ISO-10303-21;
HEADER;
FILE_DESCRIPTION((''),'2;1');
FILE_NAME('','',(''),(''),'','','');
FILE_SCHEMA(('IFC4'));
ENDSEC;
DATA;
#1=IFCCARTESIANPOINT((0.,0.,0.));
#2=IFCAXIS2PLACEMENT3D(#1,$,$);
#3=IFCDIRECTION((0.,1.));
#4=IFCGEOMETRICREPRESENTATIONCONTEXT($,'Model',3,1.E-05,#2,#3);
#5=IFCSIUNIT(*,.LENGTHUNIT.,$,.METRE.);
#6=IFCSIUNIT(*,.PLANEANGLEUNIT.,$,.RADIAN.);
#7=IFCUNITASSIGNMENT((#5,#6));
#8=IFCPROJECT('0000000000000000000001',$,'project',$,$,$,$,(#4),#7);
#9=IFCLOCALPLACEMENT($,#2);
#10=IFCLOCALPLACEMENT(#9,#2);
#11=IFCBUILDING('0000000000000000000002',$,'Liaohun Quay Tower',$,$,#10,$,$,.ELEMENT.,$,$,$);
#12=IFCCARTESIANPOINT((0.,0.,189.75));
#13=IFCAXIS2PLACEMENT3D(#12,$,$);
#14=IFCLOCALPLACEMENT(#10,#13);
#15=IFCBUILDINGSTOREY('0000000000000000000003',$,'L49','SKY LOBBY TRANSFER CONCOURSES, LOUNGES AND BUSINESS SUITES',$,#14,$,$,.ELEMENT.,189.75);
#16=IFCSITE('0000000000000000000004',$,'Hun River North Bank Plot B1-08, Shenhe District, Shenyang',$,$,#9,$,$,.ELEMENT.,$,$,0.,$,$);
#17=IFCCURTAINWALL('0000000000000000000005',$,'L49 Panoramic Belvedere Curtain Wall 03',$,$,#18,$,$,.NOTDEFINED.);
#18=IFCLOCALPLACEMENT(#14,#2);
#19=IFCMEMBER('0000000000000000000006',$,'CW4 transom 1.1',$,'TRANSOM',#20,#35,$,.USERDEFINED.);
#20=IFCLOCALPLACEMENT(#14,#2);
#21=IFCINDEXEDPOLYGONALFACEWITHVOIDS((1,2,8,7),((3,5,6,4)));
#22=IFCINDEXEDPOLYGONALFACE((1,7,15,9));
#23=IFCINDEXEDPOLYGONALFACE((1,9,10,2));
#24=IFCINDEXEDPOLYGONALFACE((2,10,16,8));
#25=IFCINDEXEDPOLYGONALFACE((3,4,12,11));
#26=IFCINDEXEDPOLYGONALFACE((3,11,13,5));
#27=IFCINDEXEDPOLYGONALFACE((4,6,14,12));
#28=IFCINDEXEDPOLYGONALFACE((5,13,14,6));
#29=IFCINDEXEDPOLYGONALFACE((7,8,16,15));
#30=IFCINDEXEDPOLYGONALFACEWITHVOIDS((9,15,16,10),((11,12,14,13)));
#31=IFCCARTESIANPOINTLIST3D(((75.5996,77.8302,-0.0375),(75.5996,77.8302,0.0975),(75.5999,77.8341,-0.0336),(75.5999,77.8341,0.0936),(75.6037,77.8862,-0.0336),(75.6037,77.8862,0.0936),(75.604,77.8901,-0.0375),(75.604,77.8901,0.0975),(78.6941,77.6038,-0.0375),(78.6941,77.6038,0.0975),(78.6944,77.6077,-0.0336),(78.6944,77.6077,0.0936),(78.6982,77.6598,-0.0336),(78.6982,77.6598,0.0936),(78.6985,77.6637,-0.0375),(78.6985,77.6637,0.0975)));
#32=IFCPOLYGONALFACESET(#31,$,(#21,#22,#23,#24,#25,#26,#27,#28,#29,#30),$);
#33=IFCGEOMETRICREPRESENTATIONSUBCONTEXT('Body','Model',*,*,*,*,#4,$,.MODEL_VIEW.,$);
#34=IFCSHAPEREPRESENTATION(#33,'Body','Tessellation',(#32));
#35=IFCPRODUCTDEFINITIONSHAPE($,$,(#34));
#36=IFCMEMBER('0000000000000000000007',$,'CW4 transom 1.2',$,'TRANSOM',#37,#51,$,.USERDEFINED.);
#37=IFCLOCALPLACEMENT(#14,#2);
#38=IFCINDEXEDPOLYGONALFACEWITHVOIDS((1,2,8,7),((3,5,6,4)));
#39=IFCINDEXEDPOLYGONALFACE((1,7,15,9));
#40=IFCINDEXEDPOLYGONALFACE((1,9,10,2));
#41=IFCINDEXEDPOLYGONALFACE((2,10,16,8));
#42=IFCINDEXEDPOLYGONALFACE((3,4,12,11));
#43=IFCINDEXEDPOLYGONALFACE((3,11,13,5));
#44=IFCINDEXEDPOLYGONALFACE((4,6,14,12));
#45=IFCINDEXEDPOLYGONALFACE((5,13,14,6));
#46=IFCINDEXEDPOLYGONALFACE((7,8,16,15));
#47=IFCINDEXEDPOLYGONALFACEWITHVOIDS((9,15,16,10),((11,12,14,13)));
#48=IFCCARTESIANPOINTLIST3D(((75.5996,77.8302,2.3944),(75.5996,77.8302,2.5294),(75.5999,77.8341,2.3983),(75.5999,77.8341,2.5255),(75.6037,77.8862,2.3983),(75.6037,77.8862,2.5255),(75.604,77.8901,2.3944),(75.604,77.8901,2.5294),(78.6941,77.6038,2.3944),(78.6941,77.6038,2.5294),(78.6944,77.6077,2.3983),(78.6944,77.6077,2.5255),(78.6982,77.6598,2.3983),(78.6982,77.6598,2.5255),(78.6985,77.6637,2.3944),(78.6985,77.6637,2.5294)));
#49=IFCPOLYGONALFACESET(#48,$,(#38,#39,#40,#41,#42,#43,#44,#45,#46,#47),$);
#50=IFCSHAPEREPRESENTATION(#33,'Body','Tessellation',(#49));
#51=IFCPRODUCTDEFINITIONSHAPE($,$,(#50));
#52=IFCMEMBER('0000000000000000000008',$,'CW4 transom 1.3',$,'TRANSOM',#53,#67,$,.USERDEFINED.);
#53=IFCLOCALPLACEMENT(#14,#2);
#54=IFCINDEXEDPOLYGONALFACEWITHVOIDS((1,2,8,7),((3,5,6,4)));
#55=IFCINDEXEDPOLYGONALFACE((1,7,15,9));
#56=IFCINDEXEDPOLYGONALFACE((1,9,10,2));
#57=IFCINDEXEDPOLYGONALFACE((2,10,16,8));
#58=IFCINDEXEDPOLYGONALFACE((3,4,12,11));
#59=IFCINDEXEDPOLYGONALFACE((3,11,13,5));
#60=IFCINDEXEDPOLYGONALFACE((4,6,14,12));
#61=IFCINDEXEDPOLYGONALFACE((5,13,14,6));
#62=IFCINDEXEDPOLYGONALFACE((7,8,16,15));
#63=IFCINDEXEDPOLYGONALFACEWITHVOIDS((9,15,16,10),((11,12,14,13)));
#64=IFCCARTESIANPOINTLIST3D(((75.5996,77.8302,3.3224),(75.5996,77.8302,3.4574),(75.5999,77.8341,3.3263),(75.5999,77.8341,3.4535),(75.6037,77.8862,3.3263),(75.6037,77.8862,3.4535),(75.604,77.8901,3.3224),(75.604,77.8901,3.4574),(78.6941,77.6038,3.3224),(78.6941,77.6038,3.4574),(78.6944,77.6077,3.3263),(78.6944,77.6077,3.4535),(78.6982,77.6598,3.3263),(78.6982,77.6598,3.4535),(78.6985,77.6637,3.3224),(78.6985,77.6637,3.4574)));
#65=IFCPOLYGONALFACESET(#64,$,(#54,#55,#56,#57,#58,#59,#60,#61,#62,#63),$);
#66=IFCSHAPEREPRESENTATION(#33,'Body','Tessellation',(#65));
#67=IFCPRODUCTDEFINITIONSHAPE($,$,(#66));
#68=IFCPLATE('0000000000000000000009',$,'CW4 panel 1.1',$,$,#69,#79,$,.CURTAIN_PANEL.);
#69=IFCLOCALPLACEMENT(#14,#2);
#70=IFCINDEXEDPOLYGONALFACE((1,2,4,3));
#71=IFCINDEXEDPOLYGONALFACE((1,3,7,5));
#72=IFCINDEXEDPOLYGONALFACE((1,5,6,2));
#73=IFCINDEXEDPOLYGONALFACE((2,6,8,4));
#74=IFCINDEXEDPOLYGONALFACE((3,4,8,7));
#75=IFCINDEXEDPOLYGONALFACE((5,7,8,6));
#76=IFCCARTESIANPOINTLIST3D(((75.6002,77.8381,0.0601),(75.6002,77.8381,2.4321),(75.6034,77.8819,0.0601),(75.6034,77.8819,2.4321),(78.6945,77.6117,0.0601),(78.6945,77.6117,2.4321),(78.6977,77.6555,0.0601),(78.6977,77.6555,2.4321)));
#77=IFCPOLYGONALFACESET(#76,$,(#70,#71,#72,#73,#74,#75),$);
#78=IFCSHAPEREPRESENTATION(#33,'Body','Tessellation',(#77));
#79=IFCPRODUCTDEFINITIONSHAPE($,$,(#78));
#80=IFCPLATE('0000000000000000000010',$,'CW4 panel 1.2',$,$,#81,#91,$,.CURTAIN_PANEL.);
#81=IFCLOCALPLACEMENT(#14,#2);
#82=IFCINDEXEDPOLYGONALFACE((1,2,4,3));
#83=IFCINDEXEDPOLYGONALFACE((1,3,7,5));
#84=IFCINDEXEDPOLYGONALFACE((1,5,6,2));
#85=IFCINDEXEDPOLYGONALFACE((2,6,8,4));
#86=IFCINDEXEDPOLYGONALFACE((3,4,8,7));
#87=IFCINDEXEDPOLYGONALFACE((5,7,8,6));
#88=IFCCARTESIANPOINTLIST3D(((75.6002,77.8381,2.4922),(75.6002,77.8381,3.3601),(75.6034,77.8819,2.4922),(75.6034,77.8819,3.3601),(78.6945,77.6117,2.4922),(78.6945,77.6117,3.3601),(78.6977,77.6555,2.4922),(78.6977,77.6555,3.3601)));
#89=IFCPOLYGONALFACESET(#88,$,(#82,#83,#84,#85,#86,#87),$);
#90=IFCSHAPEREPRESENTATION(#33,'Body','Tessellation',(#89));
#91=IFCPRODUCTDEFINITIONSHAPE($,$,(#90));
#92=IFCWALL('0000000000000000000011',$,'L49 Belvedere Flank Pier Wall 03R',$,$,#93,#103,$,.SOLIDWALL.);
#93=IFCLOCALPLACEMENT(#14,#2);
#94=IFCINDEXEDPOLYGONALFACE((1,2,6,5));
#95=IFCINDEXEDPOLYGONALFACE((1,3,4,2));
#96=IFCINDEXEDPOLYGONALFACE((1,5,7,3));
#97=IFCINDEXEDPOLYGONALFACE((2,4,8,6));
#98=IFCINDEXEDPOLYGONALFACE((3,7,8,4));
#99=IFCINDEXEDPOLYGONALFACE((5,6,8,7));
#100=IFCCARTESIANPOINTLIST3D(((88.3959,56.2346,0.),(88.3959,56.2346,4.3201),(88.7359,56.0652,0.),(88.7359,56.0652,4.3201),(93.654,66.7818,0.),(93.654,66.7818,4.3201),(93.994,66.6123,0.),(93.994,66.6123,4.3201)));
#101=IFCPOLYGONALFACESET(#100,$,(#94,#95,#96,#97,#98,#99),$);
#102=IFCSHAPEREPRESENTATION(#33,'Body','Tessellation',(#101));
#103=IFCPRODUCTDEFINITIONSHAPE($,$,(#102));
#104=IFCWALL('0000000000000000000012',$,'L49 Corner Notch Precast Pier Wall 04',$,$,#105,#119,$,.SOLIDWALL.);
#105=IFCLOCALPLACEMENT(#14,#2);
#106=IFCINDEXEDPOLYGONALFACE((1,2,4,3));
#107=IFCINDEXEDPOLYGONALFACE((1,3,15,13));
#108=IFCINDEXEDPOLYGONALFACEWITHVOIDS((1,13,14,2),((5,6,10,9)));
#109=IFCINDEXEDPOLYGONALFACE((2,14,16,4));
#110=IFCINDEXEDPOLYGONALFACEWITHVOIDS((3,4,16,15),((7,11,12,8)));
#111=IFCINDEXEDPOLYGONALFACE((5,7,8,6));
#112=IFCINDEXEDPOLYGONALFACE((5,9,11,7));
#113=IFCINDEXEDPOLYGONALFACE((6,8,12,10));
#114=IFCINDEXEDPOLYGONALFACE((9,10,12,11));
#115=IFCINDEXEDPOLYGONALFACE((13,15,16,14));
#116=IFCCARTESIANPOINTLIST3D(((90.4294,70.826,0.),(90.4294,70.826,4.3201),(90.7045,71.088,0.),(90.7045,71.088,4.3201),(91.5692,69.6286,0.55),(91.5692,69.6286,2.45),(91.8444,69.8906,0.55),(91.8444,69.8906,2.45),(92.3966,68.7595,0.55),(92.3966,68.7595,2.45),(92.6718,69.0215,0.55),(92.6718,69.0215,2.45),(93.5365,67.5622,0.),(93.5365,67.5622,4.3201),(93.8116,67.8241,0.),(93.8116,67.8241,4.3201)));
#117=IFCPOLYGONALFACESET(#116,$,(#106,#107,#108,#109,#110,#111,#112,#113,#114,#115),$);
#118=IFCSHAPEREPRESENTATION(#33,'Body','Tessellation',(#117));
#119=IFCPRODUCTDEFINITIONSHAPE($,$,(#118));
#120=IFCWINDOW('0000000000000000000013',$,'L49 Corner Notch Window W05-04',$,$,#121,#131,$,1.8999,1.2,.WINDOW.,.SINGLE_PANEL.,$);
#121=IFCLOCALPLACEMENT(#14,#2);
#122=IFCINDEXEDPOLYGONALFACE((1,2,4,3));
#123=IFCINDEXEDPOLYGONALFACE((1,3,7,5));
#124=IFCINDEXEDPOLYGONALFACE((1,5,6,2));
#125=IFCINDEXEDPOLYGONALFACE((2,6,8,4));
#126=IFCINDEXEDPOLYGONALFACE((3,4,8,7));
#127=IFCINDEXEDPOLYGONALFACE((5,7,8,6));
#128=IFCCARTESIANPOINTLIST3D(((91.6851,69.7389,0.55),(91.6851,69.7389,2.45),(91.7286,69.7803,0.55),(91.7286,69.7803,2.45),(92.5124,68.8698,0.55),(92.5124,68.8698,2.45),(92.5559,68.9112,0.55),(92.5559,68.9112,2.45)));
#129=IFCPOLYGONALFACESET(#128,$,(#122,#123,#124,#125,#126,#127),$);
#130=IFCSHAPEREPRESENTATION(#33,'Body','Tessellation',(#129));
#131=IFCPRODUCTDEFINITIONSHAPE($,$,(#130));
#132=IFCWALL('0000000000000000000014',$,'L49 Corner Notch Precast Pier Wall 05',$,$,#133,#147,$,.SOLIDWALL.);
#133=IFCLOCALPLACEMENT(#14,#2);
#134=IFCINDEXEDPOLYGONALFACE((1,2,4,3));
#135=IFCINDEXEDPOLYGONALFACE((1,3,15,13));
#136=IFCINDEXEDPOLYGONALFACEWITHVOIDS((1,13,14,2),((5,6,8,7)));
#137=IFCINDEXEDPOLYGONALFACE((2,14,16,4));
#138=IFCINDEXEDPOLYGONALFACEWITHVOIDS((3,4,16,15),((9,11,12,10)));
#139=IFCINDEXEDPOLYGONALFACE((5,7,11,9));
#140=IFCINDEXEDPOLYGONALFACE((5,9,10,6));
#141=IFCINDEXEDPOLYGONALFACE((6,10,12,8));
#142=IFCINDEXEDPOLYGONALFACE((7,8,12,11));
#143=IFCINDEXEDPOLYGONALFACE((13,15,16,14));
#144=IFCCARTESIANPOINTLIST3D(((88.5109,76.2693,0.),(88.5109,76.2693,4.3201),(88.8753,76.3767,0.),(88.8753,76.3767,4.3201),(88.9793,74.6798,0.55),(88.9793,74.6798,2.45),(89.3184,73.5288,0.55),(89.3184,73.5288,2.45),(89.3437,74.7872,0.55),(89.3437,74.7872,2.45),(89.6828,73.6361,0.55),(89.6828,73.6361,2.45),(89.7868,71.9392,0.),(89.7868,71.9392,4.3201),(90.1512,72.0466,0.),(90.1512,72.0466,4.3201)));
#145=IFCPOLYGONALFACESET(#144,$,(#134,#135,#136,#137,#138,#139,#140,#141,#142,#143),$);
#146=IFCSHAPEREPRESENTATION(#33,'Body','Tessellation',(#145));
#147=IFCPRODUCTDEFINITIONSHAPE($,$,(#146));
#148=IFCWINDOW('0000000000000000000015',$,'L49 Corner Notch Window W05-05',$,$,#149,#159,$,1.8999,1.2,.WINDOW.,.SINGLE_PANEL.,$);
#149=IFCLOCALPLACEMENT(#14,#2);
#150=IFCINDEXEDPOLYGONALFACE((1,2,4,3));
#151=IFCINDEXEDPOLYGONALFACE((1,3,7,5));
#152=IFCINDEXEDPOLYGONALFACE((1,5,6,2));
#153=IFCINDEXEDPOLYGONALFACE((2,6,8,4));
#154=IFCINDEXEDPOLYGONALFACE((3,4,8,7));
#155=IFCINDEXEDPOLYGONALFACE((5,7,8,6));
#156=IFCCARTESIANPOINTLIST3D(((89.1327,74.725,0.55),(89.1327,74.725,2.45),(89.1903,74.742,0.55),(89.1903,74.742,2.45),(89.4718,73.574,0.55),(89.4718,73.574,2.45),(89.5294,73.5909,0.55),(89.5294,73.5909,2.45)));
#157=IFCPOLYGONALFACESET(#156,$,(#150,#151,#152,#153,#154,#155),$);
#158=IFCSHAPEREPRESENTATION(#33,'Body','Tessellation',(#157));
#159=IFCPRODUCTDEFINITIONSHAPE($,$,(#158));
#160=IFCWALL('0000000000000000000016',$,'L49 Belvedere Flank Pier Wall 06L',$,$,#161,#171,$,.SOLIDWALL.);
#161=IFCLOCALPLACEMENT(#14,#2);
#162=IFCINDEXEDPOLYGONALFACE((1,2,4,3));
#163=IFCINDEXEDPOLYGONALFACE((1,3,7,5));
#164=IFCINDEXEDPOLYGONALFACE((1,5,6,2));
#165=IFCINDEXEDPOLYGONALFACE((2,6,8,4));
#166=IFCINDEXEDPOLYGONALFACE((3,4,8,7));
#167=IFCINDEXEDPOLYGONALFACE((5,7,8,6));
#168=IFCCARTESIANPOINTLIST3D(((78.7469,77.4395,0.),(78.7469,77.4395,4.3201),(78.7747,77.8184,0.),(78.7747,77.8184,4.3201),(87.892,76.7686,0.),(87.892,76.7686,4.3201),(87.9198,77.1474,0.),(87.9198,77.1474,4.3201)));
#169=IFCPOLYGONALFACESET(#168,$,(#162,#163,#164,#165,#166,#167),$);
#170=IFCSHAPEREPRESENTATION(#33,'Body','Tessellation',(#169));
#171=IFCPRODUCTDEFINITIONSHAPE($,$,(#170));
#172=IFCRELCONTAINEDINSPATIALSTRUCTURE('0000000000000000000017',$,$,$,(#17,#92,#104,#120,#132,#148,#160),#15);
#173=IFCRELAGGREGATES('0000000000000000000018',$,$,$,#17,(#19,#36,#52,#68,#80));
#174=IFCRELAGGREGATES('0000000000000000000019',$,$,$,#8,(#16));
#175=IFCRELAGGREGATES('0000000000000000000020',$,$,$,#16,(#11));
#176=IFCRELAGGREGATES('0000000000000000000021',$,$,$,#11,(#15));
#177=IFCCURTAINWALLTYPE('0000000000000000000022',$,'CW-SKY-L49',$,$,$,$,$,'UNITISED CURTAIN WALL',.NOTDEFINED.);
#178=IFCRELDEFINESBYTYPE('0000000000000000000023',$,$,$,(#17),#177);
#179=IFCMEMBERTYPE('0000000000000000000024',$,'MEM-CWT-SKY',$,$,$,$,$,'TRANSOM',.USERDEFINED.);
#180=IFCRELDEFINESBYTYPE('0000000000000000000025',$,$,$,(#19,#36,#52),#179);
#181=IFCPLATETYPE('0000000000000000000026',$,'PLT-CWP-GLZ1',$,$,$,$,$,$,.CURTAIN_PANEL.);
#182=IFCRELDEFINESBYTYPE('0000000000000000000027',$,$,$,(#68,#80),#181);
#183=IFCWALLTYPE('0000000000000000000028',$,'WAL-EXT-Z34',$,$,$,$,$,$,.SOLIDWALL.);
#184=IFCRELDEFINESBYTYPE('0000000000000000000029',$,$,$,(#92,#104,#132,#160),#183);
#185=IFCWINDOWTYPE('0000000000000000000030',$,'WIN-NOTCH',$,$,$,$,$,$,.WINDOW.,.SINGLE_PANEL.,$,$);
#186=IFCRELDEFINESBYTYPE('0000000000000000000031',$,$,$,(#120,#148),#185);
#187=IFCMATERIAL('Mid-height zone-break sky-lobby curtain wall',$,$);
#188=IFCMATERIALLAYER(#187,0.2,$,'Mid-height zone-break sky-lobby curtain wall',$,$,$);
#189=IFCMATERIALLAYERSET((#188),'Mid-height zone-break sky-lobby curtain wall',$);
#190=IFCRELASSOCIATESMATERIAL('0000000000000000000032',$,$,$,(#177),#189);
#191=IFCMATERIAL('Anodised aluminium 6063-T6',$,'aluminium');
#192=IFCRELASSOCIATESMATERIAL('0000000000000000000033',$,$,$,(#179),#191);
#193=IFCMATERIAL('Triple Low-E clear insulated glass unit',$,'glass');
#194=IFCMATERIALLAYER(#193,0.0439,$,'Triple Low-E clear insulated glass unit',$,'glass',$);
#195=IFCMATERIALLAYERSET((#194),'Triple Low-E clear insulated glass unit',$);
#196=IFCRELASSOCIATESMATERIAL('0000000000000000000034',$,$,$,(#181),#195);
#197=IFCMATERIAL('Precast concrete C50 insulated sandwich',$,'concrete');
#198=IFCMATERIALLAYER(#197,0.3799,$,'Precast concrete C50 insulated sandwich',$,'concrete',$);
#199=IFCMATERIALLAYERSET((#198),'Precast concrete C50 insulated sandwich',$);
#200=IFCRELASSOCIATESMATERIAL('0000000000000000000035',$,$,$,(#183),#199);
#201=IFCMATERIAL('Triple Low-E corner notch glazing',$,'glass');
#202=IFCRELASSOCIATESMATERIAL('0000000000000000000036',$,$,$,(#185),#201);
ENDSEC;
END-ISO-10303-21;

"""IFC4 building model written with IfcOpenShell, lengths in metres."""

from ifc_helpers import new_model, si_unit, direction, frame, frame_2d, origin, origin_2d, place, context, subcontext, project, spatial, rectangle, hollow_rectangle, extrude, source, transform, mapped, material, layer, layer_set, material_profile, profile_set, type_object, element, fill, aggregate, save


model = new_model("IFC4")

# Units and contexts
model_context = context("Model", 3, precision=1e-05, world=origin(), true_north=direction((0.0, 1.0)))
body_context = subcontext(model_context, "Body", "Model", "MODEL_VIEW")
ifc_project = project(units=[si_unit("LENGTHUNIT", "METRE"), si_unit("PLANEANGLEUNIT", "RADIAN")], contexts=[model_context])

# Site, building, storey
site_placement = place(None, origin())
site = spatial("IfcSite", under=ifc_project, at=site_placement, Name="Hun River North Bank Plot B1-08, Shenhe District, Shenyang", CompositionType="ELEMENT", RefElevation=0.0)
building_placement = place(site_placement, origin())
building = spatial("IfcBuilding", under=site, at=building_placement, Name="Liaohun Quay Tower", CompositionType="ELEMENT")
storey_placement = place(building_placement, frame((0.0, 0.0, 189.75)))
storey = spatial("IfcBuildingStorey", under=building, at=storey_placement, Name="L49", Description="SKY LOBBY TRANSFER CONCOURSES, LOUNGES AND BUSINESS SUITES", CompositionType="ELEMENT", Elevation=189.75)

# Shared definitions
ifc_material_1 = material(Name="Mid-height zone-break sky-lobby curtain wall")
ifc_layer_1 = layer(ifc_material_1, 0.2, Name="Mid-height zone-break sky-lobby curtain wall")
ifc_layer_set_1 = layer_set([ifc_layer_1], Name="Mid-height zone-break sky-lobby curtain wall")
curtain_wall_type = type_object("IfcCurtainWallType", Name="CW-SKY-L49", ElementType="UNITISED CURTAIN WALL", PredefinedType="NOTDEFINED", material=ifc_layer_set_1)
ifc_material_2 = material(Name="Anodised aluminium 6063-T6", Category="aluminium")

# Curtain wall, members, plates
curtain_wall_1_placement = place(storey_placement, origin())
curtain_wall_1 = element("IfcCurtainWall", 1, at=curtain_wall_1_placement, inside=storey, type_object=curtain_wall_type, Name="L49 Panoramic Belvedere Curtain Wall 03", PredefinedType="NOTDEFINED")
ifc_material_profile_1 = material_profile(ifc_material_2, hollow_rectangle(XDim=0.0601, YDim=0.135, WallThickness=0.0039, at=origin_2d()), Name="RHS135x60x4")
ifc_profile_set_1 = profile_set([ifc_material_profile_1], Name="Anodised aluminium 6063-T6")
member_type_1 = type_object("IfcMemberType", Name="MEM-CWT-SKY", ElementType="TRANSOM", PredefinedType="USERDEFINED", material=ifc_profile_set_1)
shared_shape_1 = source(origin(), body_context, "Body", "SweptSolid", [
    extrude(hollow_rectangle(XDim=0.0601, YDim=0.135, WallThickness=0.0039, at=origin_2d()), origin(), (0.0, 0.0, 1.0), 3.1028),
])
member_1_placement = place(storey_placement, frame((78.6963, 77.6338, 0.03), z_axis=(-0.997336, 0.072941, 0.0), x_axis=(-0.072941, -0.997336, 0.0)))
member_1 = element("IfcMember", 2, at=member_1_placement, type_object=member_type_1, Name="CW4 transom 1.1", ObjectType="TRANSOM", PredefinedType="USERDEFINED", context=body_context, shape_type="MappedRepresentation", body=[
    mapped(shared_shape_1, transform((0.0, 0.0, 0.0), x_axis=(1.0, 0.0, 0.0), y_axis=(0.0, 1.0, 0.0), z_axis=(0.0, 0.0, 1.0), scale=1.0)),
])
member_2_placement = place(storey_placement, frame((78.6963, 77.6338, 2.4619), z_axis=(-0.997336, 0.072941, 0.0), x_axis=(-0.072941, -0.997336, 0.0)))
member_2 = element("IfcMember", 3, at=member_2_placement, type_object=member_type_1, Name="CW4 transom 1.2", ObjectType="TRANSOM", PredefinedType="USERDEFINED", context=body_context, shape_type="MappedRepresentation", body=[
    mapped(shared_shape_1, transform((0.0, 0.0, 0.0), x_axis=(1.0, 0.0, 0.0), y_axis=(0.0, 1.0, 0.0), z_axis=(0.0, 0.0, 1.0), scale=1.0)),
])
member_3_placement = place(storey_placement, frame((78.6963, 77.6338, 3.3899), z_axis=(-0.997336, 0.072941, 0.0), x_axis=(-0.072941, -0.997336, 0.0)))
member_3 = element("IfcMember", 4, at=member_3_placement, type_object=member_type_1, Name="CW4 transom 1.3", ObjectType="TRANSOM", PredefinedType="USERDEFINED", context=body_context, shape_type="MappedRepresentation", body=[
    mapped(shared_shape_1, transform((0.0, 0.0, 0.0), x_axis=(1.0, 0.0, 0.0), y_axis=(0.0, 1.0, 0.0), z_axis=(0.0, 0.0, 1.0), scale=1.0)),
])
ifc_material_3 = material(Name="Triple Low-E clear insulated glass unit", Category="glass")
ifc_layer_2 = layer(ifc_material_3, 0.0439, Name="Triple Low-E clear insulated glass unit", Category="glass")
ifc_layer_set_2 = layer_set([ifc_layer_2], Name="Triple Low-E clear insulated glass unit")
plate_type = type_object("IfcPlateType", Name="PLT-CWP-GLZ1", PredefinedType="CURTAIN_PANEL", material=ifc_layer_set_2)
shared_shape_2 = source(origin(), body_context, "Body", "SweptSolid", [
    extrude(rectangle(XDim=3.1025, YDim=0.0439, at=origin_2d()), origin(), (0.0, 0.0, 1.0), 2.3721),
])
plate_1_placement = place(storey_placement, frame((77.1489, 77.7468, 0.0601), z_axis=(0.0, 0.0, 1.0), x_axis=(-0.997334, 0.072968, 0.0)))
plate_1 = element("IfcPlate", 5, at=plate_1_placement, type_object=plate_type, Name="CW4 panel 1.1", PredefinedType="CURTAIN_PANEL", context=body_context, shape_type="MappedRepresentation", body=[
    mapped(shared_shape_2, transform((0.0, 0.0, 0.0), x_axis=(1.0, 0.0, 0.0), y_axis=(0.0, 1.0, 0.0), z_axis=(0.0, 0.0, 1.0), scale=1.0)),
])
shared_shape_3 = source(origin(), body_context, "Body", "SweptSolid", [
    extrude(rectangle(XDim=3.1025, YDim=0.0439, at=origin_2d()), origin(), (0.0, 0.0, 1.0), 0.8679),
])
plate_2_placement = place(storey_placement, frame((77.1489, 77.7468, 2.4922), z_axis=(0.0, 0.0, 1.0), x_axis=(-0.997334, 0.072968, 0.0)))
plate_2 = element("IfcPlate", 6, at=plate_2_placement, type_object=plate_type, Name="CW4 panel 1.2", PredefinedType="CURTAIN_PANEL", context=body_context, shape_type="MappedRepresentation", body=[
    mapped(shared_shape_3, transform((0.0, 0.0, 0.0), x_axis=(1.0, 0.0, 0.0), y_axis=(0.0, 1.0, 0.0), z_axis=(0.0, 0.0, 1.0), scale=1.0)),
])
aggregate(curtain_wall_1, [member_1, member_2, member_3, plate_1, plate_2])

# Wall
ifc_material_4 = material(Name="Precast concrete C50 insulated sandwich", Category="concrete")
ifc_layer_3 = layer(ifc_material_4, 0.3799, Name="Precast concrete C50 insulated sandwich", Category="concrete")
ifc_layer_set_3 = layer_set([ifc_layer_3], Name="Precast concrete C50 insulated sandwich")
wall_type = type_object("IfcWallType", Name="WAL-EXT-Z34", PredefinedType="SOLIDWALL", material=ifc_layer_set_3)
wall_1_placement = place(storey_placement, frame((88.5659, 56.1499, 0.0), z_axis=(0.0, 0.0, 1.0), x_axis=(0.446161, 0.894953, 0.0)))
element("IfcWall", 7, at=wall_1_placement, inside=storey, type_object=wall_type, Name="L49 Belvedere Flank Pier Wall 03R", PredefinedType="SOLIDWALL", context=body_context, shape_type="SweptSolid", body=[
    extrude(rectangle(XDim=11.7852, YDim=0.3799, at=frame_2d((5.8926, 0.0))), origin(), (0.0, 0.0, 1.0), 4.3201),
])

# Walls, openings, windows
wall_2_placement = place(storey_placement, frame((93.6741, 67.6931, 0.0), z_axis=(0.0, 0.0, 1.0), x_axis=(-0.689502, 0.724284, 0.0)))
wall_2 = element("IfcWall", 8, at=wall_2_placement, inside=storey, type_object=wall_type, Name="L49 Corner Notch Precast Pier Wall 04", PredefinedType="SOLIDWALL", context=body_context, shape_type="SweptSolid", body=[
    extrude(rectangle(XDim=4.5063, YDim=0.3799, at=frame_2d((2.2532, 0.0))), origin(), (0.0, 0.0, 1.0), 4.3201),
])
shared_shape_4 = source(origin(), body_context, "Body", "SweptSolid", [
    extrude(rectangle(XDim=1.2, YDim=1.8999, at=frame_2d((0.6001, 0.95))), frame((0.0, 0.2, 0.0), z_axis=(0.0, -1.0, 0.0), x_axis=(1.0, 0.0, 0.0)), (0.0, 0.0, 1.0), 0.3999),
])
opening_1_placement = place(wall_2_placement, frame((1.6531, 0.0, 0.55)))
opening_1 = element("IfcOpeningElement", 9, at=opening_1_placement, cuts=wall_2, PredefinedType="OPENING", context=body_context, shape_type="MappedRepresentation", body=[
    mapped(shared_shape_4, transform((0.0, 0.0, 0.0), x_axis=(1.0, 0.0, 0.0), y_axis=(0.0, 1.0, 0.0), z_axis=(0.0, 0.0, 1.0), scale=1.0)),
])
ifc_material_5 = material(Name="Triple Low-E corner notch glazing", Category="glass")
window_type = type_object("IfcWindowType", Name="WIN-NOTCH", PartitioningType="SINGLE_PANEL", PredefinedType="WINDOW", material=ifc_material_5)
shared_shape_5 = source(origin(), body_context, "Body", "SweptSolid", [
    extrude(rectangle(XDim=1.2, YDim=1.8999, at=frame_2d((0.6001, 0.95))), frame((0.0, 0.03, 0.0), z_axis=(0.0, -1.0, 0.0), x_axis=(1.0, 0.0, 0.0)), (0.0, 0.0, 1.0), 0.0601),
])
window_1_placement = place(opening_1_placement, origin())
window_1 = element("IfcWindow", 10, at=window_1_placement, inside=storey, type_object=window_type, Name="L49 Corner Notch Window W05-04", OverallHeight=1.8999, OverallWidth=1.2, PartitioningType="SINGLE_PANEL", PredefinedType="WINDOW", context=body_context, shape_type="MappedRepresentation", body=[
    mapped(shared_shape_5, transform((0.0, 0.0, 0.0), x_axis=(1.0, 0.0, 0.0), y_axis=(0.0, 1.0, 0.0), z_axis=(0.0, 0.0, 1.0), scale=1.0)),
])
fill(opening_1, window_1)
wall_3_placement = place(storey_placement, frame((89.969, 71.9929, 0.0), z_axis=(0.0, 0.0, 1.0), x_axis=(-0.282641, 0.959226, 0.0)))
wall_3 = element("IfcWall", 11, at=wall_3_placement, inside=storey, type_object=wall_type, Name="L49 Corner Notch Precast Pier Wall 05", PredefinedType="SOLIDWALL", context=body_context, shape_type="SweptSolid", body=[
    extrude(rectangle(XDim=4.5142, YDim=0.3799, at=frame_2d((2.2571, 0.0))), origin(), (0.0, 0.0, 1.0), 4.3201),
])
opening_2_placement = place(wall_3_placement, frame((1.657, 0.0, 0.55)))
opening_2 = element("IfcOpeningElement", 12, at=opening_2_placement, cuts=wall_3, PredefinedType="OPENING", context=body_context, shape_type="MappedRepresentation", body=[
    mapped(shared_shape_4, transform((0.0, 0.0, 0.0), x_axis=(1.0, 0.0, 0.0), y_axis=(0.0, 1.0, 0.0), z_axis=(0.0, 0.0, 1.0), scale=1.0)),
])
window_2_placement = place(opening_2_placement, origin())
window_2 = element("IfcWindow", 13, at=window_2_placement, inside=storey, type_object=window_type, Name="L49 Corner Notch Window W05-05", OverallHeight=1.8999, OverallWidth=1.2, PartitioningType="SINGLE_PANEL", PredefinedType="WINDOW", context=body_context, shape_type="MappedRepresentation", body=[
    mapped(shared_shape_5, transform((0.0, 0.0, 0.0), x_axis=(1.0, 0.0, 0.0), y_axis=(0.0, 1.0, 0.0), z_axis=(0.0, 0.0, 1.0), scale=1.0)),
])
fill(opening_2, window_2)

# Wall
wall_4_placement = place(storey_placement, frame((87.906, 76.958, 0.0), z_axis=(0.0, 0.0, 1.0), x_axis=(-0.99732, 0.073166, 0.0)))
element("IfcWall", 14, at=wall_4_placement, inside=storey, type_object=wall_type, Name="L49 Belvedere Flank Pier Wall 06L", PredefinedType="SOLIDWALL", context=body_context, shape_type="SweptSolid", body=[
    extrude(rectangle(XDim=9.1697, YDim=0.3799, at=frame_2d((4.585, 0.0))), origin(), (0.0, 0.0, 1.0), 4.3201),
])

save(model, "model.ifc")
